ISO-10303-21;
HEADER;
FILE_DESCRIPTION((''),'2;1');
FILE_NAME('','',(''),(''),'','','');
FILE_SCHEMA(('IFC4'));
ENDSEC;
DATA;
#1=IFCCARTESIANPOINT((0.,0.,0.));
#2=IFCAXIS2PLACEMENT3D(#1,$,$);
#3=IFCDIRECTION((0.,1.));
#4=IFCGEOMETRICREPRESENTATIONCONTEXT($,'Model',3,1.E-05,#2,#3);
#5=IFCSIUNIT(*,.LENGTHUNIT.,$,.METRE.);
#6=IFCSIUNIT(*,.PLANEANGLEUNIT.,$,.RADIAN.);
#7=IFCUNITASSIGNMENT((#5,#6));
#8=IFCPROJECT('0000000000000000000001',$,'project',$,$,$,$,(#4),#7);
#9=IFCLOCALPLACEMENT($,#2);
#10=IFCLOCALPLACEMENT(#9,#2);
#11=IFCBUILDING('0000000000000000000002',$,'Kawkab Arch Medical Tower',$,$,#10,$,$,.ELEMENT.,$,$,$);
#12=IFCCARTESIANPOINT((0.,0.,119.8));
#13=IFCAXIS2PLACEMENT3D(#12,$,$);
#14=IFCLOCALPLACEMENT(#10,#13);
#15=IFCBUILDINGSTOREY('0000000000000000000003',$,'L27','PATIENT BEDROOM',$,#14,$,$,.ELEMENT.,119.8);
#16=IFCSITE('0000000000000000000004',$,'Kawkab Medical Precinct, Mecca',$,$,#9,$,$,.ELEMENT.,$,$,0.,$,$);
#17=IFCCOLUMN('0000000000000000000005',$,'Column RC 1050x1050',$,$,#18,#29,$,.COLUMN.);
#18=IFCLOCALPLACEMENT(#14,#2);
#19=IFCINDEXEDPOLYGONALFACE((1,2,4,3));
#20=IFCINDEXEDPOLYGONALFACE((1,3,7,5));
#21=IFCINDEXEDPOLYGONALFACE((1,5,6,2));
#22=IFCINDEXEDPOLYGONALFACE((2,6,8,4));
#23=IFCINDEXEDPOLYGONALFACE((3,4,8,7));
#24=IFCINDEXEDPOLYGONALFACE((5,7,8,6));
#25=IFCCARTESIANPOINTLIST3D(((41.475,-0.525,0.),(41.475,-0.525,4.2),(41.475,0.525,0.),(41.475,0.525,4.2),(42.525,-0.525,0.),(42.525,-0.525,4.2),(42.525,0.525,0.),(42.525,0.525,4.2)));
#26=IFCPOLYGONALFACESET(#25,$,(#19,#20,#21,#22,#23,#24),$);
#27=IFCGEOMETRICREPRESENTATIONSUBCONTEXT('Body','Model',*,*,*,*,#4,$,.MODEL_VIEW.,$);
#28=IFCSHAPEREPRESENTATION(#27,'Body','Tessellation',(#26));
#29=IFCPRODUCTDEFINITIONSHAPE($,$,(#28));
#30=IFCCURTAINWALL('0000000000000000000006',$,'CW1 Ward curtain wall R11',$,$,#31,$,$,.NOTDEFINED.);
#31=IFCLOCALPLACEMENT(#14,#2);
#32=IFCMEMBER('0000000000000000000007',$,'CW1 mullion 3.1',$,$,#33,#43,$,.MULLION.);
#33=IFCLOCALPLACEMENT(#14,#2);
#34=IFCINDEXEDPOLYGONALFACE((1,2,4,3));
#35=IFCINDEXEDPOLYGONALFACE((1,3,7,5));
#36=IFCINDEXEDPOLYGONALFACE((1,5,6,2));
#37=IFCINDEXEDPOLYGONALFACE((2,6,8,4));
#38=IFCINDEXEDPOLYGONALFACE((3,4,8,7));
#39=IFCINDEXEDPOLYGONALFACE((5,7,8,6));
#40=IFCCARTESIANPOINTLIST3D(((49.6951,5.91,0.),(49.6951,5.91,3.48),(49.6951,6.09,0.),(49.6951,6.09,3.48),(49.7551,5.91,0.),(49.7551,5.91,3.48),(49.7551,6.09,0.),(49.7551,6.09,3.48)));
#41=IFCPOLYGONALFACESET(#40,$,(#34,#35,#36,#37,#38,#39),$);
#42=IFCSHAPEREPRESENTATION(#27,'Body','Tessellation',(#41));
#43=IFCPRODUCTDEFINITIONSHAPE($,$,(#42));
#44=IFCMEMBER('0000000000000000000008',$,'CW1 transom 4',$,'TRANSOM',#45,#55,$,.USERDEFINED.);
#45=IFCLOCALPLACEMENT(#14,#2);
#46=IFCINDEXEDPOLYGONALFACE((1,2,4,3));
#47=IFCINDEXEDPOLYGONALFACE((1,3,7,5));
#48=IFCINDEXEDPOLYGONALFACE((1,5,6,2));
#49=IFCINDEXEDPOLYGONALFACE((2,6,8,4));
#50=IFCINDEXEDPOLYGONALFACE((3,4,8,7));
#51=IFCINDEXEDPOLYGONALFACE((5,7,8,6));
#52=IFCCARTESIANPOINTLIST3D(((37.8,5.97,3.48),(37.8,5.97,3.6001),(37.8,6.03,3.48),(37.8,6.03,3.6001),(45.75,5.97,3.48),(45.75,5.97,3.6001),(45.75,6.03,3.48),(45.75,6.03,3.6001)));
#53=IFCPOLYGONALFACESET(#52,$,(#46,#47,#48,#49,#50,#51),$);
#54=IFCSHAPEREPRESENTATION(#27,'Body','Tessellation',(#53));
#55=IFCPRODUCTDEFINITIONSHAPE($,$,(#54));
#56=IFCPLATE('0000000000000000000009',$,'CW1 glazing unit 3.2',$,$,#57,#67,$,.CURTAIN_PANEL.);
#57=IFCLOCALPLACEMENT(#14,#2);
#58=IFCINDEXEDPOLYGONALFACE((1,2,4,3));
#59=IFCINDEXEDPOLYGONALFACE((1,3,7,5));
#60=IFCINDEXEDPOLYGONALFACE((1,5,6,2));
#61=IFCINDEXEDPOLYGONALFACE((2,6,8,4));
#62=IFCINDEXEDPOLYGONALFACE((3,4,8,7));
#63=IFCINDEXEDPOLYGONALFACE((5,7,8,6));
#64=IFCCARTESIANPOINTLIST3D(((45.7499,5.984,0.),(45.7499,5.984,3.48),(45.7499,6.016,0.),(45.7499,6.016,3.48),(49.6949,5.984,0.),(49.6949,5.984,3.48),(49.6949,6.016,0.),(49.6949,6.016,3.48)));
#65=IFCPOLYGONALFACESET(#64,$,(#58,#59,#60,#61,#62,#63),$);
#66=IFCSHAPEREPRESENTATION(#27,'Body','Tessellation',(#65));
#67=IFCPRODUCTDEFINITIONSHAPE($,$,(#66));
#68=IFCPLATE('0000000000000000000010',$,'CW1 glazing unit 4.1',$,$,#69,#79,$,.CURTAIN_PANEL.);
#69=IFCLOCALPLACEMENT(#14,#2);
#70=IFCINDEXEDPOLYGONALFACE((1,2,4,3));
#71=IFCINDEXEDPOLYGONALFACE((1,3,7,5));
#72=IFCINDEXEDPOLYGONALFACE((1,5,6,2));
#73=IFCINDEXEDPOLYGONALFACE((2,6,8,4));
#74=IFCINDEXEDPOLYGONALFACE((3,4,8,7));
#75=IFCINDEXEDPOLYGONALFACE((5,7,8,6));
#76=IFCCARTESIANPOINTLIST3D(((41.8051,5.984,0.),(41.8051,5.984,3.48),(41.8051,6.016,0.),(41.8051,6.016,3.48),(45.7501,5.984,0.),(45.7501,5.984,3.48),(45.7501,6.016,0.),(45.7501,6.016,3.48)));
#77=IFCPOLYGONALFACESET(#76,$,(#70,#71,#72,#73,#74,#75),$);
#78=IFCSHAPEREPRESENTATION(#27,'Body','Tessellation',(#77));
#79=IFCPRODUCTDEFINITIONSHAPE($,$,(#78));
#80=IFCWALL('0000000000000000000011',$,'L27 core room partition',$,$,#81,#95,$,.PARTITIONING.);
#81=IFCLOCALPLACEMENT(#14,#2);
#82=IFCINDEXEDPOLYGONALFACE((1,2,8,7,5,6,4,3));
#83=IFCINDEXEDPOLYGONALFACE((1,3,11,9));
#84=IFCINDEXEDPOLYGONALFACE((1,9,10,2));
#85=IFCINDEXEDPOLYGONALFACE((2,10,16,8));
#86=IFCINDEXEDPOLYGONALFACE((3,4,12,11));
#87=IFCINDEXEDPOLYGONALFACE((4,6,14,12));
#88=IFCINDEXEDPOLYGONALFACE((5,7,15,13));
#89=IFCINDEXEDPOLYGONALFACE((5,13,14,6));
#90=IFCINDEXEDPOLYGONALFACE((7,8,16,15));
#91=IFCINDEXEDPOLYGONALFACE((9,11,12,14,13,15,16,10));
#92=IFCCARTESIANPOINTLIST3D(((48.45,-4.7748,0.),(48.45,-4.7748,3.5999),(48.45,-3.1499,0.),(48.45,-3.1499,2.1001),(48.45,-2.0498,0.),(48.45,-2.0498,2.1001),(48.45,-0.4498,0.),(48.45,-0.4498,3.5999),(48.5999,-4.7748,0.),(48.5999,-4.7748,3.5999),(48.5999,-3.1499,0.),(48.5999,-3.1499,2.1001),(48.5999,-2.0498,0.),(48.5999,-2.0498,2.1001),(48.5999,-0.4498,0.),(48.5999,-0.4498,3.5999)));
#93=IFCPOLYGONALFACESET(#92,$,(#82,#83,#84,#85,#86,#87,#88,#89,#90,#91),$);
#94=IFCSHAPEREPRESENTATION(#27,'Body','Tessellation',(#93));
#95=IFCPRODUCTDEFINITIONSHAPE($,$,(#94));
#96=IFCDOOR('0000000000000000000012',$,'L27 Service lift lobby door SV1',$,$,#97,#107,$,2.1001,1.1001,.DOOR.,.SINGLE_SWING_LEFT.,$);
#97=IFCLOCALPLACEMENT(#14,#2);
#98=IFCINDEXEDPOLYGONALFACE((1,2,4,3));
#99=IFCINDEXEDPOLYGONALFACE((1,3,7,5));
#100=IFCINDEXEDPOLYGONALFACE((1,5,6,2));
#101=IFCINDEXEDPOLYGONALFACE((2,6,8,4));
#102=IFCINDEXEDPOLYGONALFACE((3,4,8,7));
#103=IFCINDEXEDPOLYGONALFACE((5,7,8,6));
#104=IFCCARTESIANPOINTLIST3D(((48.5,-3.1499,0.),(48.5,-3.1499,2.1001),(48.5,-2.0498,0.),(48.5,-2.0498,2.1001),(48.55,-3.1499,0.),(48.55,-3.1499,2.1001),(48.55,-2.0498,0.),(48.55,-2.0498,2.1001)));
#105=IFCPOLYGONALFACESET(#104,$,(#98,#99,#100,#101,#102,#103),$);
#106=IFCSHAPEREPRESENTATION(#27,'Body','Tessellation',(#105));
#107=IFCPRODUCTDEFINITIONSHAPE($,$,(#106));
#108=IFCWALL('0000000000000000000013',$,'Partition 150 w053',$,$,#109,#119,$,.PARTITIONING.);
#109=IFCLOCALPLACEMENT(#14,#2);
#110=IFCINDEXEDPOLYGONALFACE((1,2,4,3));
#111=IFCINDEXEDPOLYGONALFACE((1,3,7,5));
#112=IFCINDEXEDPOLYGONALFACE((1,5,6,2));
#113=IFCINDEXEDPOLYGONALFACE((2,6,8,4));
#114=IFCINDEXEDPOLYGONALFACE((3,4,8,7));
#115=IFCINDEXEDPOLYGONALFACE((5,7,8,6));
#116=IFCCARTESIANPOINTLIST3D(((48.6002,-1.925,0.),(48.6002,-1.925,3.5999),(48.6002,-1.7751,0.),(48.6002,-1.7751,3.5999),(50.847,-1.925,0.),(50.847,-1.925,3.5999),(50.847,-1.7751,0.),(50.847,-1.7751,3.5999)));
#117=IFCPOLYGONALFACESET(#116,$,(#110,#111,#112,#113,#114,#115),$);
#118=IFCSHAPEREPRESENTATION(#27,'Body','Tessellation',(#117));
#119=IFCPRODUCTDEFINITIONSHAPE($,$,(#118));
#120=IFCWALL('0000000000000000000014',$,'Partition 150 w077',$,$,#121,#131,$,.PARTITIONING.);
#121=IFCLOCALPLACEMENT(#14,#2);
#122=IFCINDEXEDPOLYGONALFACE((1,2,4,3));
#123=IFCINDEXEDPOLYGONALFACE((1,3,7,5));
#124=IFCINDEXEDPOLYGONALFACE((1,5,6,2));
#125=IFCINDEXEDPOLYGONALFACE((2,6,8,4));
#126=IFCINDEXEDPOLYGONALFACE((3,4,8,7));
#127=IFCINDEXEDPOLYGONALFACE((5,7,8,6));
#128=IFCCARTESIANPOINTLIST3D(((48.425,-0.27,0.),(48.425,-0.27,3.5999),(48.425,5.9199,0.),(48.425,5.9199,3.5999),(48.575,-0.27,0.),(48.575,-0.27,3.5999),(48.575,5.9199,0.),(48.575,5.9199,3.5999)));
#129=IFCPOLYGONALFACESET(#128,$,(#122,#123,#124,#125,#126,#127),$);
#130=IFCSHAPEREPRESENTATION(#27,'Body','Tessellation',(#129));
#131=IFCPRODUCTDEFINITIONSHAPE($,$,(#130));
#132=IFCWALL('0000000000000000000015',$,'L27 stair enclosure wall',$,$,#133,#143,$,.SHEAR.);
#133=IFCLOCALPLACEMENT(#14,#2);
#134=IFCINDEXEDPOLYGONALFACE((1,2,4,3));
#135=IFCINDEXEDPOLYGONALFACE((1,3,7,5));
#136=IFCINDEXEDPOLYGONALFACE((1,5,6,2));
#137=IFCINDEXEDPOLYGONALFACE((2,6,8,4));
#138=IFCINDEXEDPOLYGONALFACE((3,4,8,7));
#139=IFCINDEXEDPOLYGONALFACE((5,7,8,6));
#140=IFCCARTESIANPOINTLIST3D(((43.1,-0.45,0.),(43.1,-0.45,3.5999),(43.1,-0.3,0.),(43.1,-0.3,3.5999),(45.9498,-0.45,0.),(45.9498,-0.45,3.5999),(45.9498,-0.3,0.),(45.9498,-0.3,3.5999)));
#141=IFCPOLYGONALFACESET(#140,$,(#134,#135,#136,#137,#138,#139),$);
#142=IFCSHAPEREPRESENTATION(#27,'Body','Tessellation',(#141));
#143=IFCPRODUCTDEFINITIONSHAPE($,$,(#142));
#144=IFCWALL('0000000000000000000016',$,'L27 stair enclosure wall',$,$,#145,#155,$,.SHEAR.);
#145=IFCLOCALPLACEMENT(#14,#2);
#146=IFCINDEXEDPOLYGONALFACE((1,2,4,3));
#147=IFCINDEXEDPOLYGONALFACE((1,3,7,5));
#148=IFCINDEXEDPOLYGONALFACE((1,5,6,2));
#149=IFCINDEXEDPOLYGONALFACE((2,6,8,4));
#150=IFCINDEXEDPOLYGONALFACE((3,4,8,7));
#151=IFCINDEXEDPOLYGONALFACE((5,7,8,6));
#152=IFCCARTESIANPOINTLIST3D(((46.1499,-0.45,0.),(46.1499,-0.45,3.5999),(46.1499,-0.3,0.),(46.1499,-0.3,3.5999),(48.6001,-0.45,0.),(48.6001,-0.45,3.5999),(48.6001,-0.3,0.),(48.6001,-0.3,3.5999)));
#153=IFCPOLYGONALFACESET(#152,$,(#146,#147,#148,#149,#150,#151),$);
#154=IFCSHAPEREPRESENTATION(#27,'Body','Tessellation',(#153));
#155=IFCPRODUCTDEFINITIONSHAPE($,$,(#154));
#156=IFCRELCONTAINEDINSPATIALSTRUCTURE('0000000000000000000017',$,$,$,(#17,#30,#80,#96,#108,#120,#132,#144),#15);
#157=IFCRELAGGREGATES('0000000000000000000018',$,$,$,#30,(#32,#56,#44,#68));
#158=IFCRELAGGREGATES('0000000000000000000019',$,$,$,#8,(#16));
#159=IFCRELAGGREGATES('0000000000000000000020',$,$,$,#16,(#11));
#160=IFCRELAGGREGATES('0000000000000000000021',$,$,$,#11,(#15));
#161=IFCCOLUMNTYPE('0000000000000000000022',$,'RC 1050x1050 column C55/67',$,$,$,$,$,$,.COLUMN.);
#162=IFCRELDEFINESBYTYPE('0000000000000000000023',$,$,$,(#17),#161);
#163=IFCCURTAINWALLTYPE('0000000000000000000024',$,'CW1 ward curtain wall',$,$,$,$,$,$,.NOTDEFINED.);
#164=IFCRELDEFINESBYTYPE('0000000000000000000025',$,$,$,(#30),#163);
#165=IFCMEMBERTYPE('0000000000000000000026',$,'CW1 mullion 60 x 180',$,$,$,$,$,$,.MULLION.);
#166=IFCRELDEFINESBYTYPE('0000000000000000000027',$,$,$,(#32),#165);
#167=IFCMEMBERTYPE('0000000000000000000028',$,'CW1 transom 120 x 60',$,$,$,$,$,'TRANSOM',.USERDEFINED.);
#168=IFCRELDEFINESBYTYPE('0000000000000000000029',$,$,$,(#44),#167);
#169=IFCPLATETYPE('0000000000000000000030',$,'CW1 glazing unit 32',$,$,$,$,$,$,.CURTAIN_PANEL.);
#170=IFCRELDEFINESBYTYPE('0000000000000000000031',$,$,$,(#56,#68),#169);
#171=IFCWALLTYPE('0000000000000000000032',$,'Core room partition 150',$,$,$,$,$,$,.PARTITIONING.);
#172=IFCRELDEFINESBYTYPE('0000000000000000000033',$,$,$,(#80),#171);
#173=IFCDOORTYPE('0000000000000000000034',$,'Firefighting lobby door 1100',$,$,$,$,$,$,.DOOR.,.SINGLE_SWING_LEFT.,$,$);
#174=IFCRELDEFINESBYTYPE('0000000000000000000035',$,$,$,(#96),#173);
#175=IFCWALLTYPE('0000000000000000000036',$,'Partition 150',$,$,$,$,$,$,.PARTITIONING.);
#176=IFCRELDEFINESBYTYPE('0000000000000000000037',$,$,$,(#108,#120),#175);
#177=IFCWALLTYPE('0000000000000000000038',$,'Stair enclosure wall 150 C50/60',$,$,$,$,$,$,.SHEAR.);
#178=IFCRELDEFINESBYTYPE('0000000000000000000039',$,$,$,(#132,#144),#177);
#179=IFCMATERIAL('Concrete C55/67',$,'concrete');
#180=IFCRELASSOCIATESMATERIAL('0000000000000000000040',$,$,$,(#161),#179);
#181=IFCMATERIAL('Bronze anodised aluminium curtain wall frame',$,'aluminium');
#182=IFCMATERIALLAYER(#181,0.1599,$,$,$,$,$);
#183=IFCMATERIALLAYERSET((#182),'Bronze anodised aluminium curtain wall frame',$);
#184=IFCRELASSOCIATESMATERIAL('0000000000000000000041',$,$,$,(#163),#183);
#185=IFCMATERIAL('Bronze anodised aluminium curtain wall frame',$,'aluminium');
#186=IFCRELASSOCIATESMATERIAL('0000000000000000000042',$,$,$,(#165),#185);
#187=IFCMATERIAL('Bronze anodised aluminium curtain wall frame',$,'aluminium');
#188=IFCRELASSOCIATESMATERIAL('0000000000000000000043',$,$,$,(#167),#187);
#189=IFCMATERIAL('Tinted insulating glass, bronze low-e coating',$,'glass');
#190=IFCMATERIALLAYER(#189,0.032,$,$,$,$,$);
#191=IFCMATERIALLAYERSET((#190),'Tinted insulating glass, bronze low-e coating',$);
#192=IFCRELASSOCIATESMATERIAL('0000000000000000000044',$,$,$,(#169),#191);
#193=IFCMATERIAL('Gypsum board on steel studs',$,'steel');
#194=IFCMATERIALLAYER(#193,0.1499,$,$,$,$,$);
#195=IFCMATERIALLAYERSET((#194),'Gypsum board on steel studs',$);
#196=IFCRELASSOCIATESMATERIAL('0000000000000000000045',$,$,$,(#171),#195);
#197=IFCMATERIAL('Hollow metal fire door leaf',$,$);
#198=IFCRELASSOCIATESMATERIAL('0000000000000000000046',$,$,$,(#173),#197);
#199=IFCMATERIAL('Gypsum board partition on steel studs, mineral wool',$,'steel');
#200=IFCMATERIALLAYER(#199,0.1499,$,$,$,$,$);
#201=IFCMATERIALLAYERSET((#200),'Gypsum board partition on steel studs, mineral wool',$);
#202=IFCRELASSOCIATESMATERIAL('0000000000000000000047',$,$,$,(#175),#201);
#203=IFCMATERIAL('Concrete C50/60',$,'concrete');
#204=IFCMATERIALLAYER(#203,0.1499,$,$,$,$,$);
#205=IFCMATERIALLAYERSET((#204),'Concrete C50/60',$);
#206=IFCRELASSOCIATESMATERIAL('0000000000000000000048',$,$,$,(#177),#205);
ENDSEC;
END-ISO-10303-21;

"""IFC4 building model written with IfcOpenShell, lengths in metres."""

from ifc_helpers import new_model, si_unit, direction, frame, frame_2d, origin, origin_2d, place, context, subcontext, project, spatial, rectangle, extrude, material, layer, layer_set, material_profile, profile_set, type_object, element, fill, aggregate, save


model = new_model("IFC4")

# Units and contexts
model_context = context("Model", 3, precision=1e-05, world=origin(), true_north=direction((0.0, 1.0)))
body_context = subcontext(model_context, "Body", "Model", "MODEL_VIEW")
ifc_project = project(units=[si_unit("LENGTHUNIT", "METRE"), si_unit("PLANEANGLEUNIT", "RADIAN")], contexts=[model_context])

# Site, building, storey
site_placement = place(None, origin())
site = spatial("IfcSite", under=ifc_project, at=site_placement, Name="Kawkab Medical Precinct, Mecca", CompositionType="ELEMENT", RefElevation=0.0)
building_placement = place(site_placement, origin())
building = spatial("IfcBuilding", under=site, at=building_placement, Name="Kawkab Arch Medical Tower", CompositionType="ELEMENT")
storey_placement = place(building_placement, frame((0.0, 0.0, 119.8)))
storey = spatial("IfcBuildingStorey", under=building, at=storey_placement, Name="L27", Description="PATIENT BEDROOM", CompositionType="ELEMENT", Elevation=119.8)

# Column
ifc_material_1 = material(Name="Concrete C55/67", Category="concrete")
ifc_material_profile_1 = material_profile(ifc_material_1, rectangle(XDim=1.05, YDim=1.05, at=origin_2d()), Name="RC 1050x1050")
ifc_profile_set_1 = profile_set([ifc_material_profile_1], Name="Concrete C55/67")
column_type = type_object("IfcColumnType", Name="RC 1050x1050 column C55/67", PredefinedType="COLUMN", material=ifc_profile_set_1)
column_placement = place(storey_placement, frame((42.0, 0.0, 0.0), z_axis=(0.0, 0.0, 1.0), x_axis=(1.0, 0.0, 0.0)))
element("IfcColumn", 1, at=column_placement, inside=storey, type_object=column_type, Name="Column RC 1050x1050", PredefinedType="COLUMN", context=body_context, shape_type="SweptSolid", body=[
    extrude(rectangle(XDim=1.05, YDim=1.05, at=origin_2d()), origin(), (0.0, 0.0, 1.0), 4.2),
])

# Curtain wall, members, plates
ifc_material_2 = material(Name="Bronze anodised aluminium curtain wall frame", Category="aluminium")
ifc_layer_1 = layer(ifc_material_2, 0.1599)
ifc_layer_set_1 = layer_set([ifc_layer_1], Name="Bronze anodised aluminium curtain wall frame")
curtain_wall_type = type_object("IfcCurtainWallType", Name="CW1 ward curtain wall", PredefinedType="NOTDEFINED", material=ifc_layer_set_1)
placement = place(storey_placement, origin())
curtain_wall = element("IfcCurtainWall", 2, at=placement, inside=storey, type_object=curtain_wall_type, Name="CW1 Ward curtain wall R11", PredefinedType="NOTDEFINED")
ifc_material_3 = material(Name="Bronze anodised aluminium curtain wall frame", Category="aluminium")
ifc_material_profile_2 = material_profile(ifc_material_3, rectangle(XDim=0.1799, YDim=0.0601, at=origin_2d()), Name="AL 60x180")
ifc_profile_set_2 = profile_set([ifc_material_profile_2], Name="Bronze anodised aluminium curtain wall frame")
member_type_1 = type_object("IfcMemberType", Name="CW1 mullion 60 x 180", PredefinedType="MULLION", material=ifc_profile_set_2)
member_1_placement = place(storey_placement, frame((49.7251, 6.0, 0.0), z_axis=(0.0, 0.0, 1.0), x_axis=(0.0, -1.0, 0.0)))
member_1 = element("IfcMember", 3, at=member_1_placement, type_object=member_type_1, Name="CW1 mullion 3.1", PredefinedType="MULLION", context=body_context, shape_type="SweptSolid", body=[
    extrude(rectangle(XDim=0.1799, YDim=0.0601, at=origin_2d()), origin(), (0.0, 0.0, 1.0), 3.48),
])
ifc_material_4 = material(Name="Bronze anodised aluminium curtain wall frame", Category="aluminium")
ifc_material_profile_3 = material_profile(ifc_material_4, rectangle(XDim=0.0601, YDim=0.1201, at=origin_2d()), Name="AL 60x120")
ifc_profile_set_3 = profile_set([ifc_material_profile_3], Name="Bronze anodised aluminium curtain wall frame")
member_type_2 = type_object("IfcMemberType", Name="CW1 transom 120 x 60", ElementType="TRANSOM", PredefinedType="USERDEFINED", material=ifc_profile_set_3)
member_2_placement = place(storey_placement, frame((45.75, 6.0, 3.54), z_axis=(-1.0, 0.0, 0.0), x_axis=(0.0, -1.0, 0.0)))
member_2 = element("IfcMember", 4, at=member_2_placement, type_object=member_type_2, Name="CW1 transom 4", ObjectType="TRANSOM", PredefinedType="USERDEFINED", context=body_context, shape_type="SweptSolid", body=[
    extrude(rectangle(XDim=0.0601, YDim=0.1201, at=origin_2d()), origin(), (0.0, 0.0, 1.0), 7.95),
])
ifc_material_5 = material(Name="Tinted insulating glass, bronze low-e coating", Category="glass")
ifc_layer_2 = layer(ifc_material_5, 0.032)
ifc_layer_set_2 = layer_set([ifc_layer_2], Name="Tinted insulating glass, bronze low-e coating")
plate_type = type_object("IfcPlateType", Name="CW1 glazing unit 32", PredefinedType="CURTAIN_PANEL", material=ifc_layer_set_2)
plate_1_placement = place(storey_placement, frame((47.7224, 6.0, 0.0), z_axis=(0.0, 0.0, 1.0), x_axis=(-1.0, 0.0, 0.0)))
plate_1 = element("IfcPlate", 5, at=plate_1_placement, type_object=plate_type, Name="CW1 glazing unit 3.2", PredefinedType="CURTAIN_PANEL", context=body_context, shape_type="SweptSolid", body=[
    extrude(rectangle(XDim=3.9451, YDim=0.032, at=origin_2d()), origin(), (0.0, 0.0, 1.0), 3.48),
])
plate_2_placement = place(storey_placement, frame((43.7776, 6.0, 0.0), z_axis=(0.0, 0.0, 1.0), x_axis=(-1.0, 0.0, 0.0)))
plate_2 = element("IfcPlate", 6, at=plate_2_placement, type_object=plate_type, Name="CW1 glazing unit 4.1", PredefinedType="CURTAIN_PANEL", context=body_context, shape_type="SweptSolid", body=[
    extrude(rectangle(XDim=3.9451, YDim=0.032, at=origin_2d()), origin(), (0.0, 0.0, 1.0), 3.48),
])
aggregate(curtain_wall, [member_1, plate_1, member_2, plate_2])

# Wall, opening, door
ifc_material_6 = material(Name="Gypsum board on steel studs", Category="steel")
ifc_layer_3 = layer(ifc_material_6, 0.1499)
ifc_layer_set_3 = layer_set([ifc_layer_3], Name="Gypsum board on steel studs")
wall_type_1 = type_object("IfcWallType", Name="Core room partition 150", PredefinedType="PARTITIONING", material=ifc_layer_set_3)
wall_1_placement = place(storey_placement, frame((48.5249, -4.7749, 0.0), z_axis=(0.0, 0.0, 1.0), x_axis=(0.0, 1.0, 0.0)))
wall_1 = element("IfcWall", 7, at=wall_1_placement, inside=storey, type_object=wall_type_1, Name="L27 core room partition", PredefinedType="PARTITIONING", context=body_context, shape_type="SweptSolid", body=[
    extrude(rectangle(XDim=4.325, YDim=0.1499, at=frame_2d((2.1626, 0.0))), origin(), (0.0, 0.0, 1.0), 3.5999),
])
opening_placement = place(wall_1_placement, frame((1.625, 0.0, 0.0)))
opening = element("IfcOpeningElement", 8, at=opening_placement, cuts=wall_1, PredefinedType="OPENING", context=body_context, shape_type="SweptSolid", body=[
    extrude(rectangle(XDim=1.1001, YDim=2.1001, at=frame_2d((0.55, 1.05))), frame((0.0, 0.085, 0.0), z_axis=(0.0, -1.0, 0.0), x_axis=(1.0, 0.0, 0.0)), (0.0, 0.0, 1.0), 0.1699),
])
ifc_material_7 = material(Name="Hollow metal fire door leaf")
door_type = type_object("IfcDoorType", Name="Firefighting lobby door 1100", OperationType="SINGLE_SWING_LEFT", PredefinedType="DOOR", material=ifc_material_7)
door_placement = place(opening_placement, origin())
door = element("IfcDoor", 9, at=door_placement, inside=storey, type_object=door_type, Name="L27 Service lift lobby door SV1", OperationType="SINGLE_SWING_LEFT", OverallHeight=2.1001, OverallWidth=1.1001, PredefinedType="DOOR", context=body_context, shape_type="SweptSolid", body=[
    extrude(rectangle(XDim=1.1001, YDim=2.1001, at=frame_2d((0.55, 1.05))), frame((0.0, 0.0249, 0.0), z_axis=(0.0, -1.0, 0.0), x_axis=(1.0, 0.0, 0.0)), (0.0, 0.0, 1.0), 0.05),
])
fill(opening, door)

# Walls
ifc_material_8 = material(Name="Gypsum board partition on steel studs, mineral wool", Category="steel")
ifc_layer_4 = layer(ifc_material_8, 0.1499)
ifc_layer_set_4 = layer_set([ifc_layer_4], Name="Gypsum board partition on steel studs, mineral wool")
wall_type_2 = type_object("IfcWallType", Name="Partition 150", PredefinedType="PARTITIONING", material=ifc_layer_set_4)
wall_2_placement = place(storey_placement, frame((48.6001, -1.8501, 0.0), z_axis=(0.0, 0.0, 1.0), x_axis=(1.0, 0.0, 0.0)))
element("IfcWall", 10, at=wall_2_placement, inside=storey, type_object=wall_type_2, Name="Partition 150 w053", PredefinedType="PARTITIONING", context=body_context, shape_type="SweptSolid", body=[
    extrude(rectangle(XDim=2.2468, YDim=0.1499, at=frame_2d((1.1235, 0.0))), origin(), (0.0, 0.0, 1.0), 3.5999),
])
wall_3_placement = place(storey_placement, frame((48.5, -0.27, 0.0), z_axis=(0.0, 0.0, 1.0), x_axis=(0.0, 1.0, 0.0)))
element("IfcWall", 11, at=wall_3_placement, inside=storey, type_object=wall_type_2, Name="Partition 150 w077", PredefinedType="PARTITIONING", context=body_context, shape_type="SweptSolid", body=[
    extrude(rectangle(XDim=6.1899, YDim=0.1499, at=frame_2d((3.095, 0.0))), origin(), (0.0, 0.0, 1.0), 3.5999),
])
ifc_material_9 = material(Name="Concrete C50/60", Category="concrete")
ifc_layer_5 = layer(ifc_material_9, 0.1499)
ifc_layer_set_5 = layer_set([ifc_layer_5], Name="Concrete C50/60")
wall_type_3 = type_object("IfcWallType", Name="Stair enclosure wall 150 C50/60", PredefinedType="SHEAR", material=ifc_layer_set_5)
wall_4_placement = place(storey_placement, frame((43.1001, -0.375, 0.0), z_axis=(0.0, 0.0, 1.0), x_axis=(1.0, 0.0, 0.0)))
element("IfcWall", 12, at=wall_4_placement, inside=storey, type_object=wall_type_3, Name="L27 stair enclosure wall", PredefinedType="SHEAR", context=body_context, shape_type="SweptSolid", body=[
    extrude(rectangle(XDim=2.8499, YDim=0.1499, at=frame_2d((1.4248, 0.0))), origin(), (0.0, 0.0, 1.0), 3.5999),
])
wall_5_placement = place(storey_placement, frame((46.1499, -0.375, 0.0), z_axis=(0.0, 0.0, 1.0), x_axis=(1.0, 0.0, 0.0)))
element("IfcWall", 13, at=wall_5_placement, inside=storey, type_object=wall_type_3, Name="L27 stair enclosure wall", PredefinedType="SHEAR", context=body_context, shape_type="SweptSolid", body=[
    extrude(rectangle(XDim=2.4502, YDim=0.1499, at=frame_2d((1.2251, 0.0))), origin(), (0.0, 0.0, 1.0), 3.5999),
])

save(model, "model.ifc")
